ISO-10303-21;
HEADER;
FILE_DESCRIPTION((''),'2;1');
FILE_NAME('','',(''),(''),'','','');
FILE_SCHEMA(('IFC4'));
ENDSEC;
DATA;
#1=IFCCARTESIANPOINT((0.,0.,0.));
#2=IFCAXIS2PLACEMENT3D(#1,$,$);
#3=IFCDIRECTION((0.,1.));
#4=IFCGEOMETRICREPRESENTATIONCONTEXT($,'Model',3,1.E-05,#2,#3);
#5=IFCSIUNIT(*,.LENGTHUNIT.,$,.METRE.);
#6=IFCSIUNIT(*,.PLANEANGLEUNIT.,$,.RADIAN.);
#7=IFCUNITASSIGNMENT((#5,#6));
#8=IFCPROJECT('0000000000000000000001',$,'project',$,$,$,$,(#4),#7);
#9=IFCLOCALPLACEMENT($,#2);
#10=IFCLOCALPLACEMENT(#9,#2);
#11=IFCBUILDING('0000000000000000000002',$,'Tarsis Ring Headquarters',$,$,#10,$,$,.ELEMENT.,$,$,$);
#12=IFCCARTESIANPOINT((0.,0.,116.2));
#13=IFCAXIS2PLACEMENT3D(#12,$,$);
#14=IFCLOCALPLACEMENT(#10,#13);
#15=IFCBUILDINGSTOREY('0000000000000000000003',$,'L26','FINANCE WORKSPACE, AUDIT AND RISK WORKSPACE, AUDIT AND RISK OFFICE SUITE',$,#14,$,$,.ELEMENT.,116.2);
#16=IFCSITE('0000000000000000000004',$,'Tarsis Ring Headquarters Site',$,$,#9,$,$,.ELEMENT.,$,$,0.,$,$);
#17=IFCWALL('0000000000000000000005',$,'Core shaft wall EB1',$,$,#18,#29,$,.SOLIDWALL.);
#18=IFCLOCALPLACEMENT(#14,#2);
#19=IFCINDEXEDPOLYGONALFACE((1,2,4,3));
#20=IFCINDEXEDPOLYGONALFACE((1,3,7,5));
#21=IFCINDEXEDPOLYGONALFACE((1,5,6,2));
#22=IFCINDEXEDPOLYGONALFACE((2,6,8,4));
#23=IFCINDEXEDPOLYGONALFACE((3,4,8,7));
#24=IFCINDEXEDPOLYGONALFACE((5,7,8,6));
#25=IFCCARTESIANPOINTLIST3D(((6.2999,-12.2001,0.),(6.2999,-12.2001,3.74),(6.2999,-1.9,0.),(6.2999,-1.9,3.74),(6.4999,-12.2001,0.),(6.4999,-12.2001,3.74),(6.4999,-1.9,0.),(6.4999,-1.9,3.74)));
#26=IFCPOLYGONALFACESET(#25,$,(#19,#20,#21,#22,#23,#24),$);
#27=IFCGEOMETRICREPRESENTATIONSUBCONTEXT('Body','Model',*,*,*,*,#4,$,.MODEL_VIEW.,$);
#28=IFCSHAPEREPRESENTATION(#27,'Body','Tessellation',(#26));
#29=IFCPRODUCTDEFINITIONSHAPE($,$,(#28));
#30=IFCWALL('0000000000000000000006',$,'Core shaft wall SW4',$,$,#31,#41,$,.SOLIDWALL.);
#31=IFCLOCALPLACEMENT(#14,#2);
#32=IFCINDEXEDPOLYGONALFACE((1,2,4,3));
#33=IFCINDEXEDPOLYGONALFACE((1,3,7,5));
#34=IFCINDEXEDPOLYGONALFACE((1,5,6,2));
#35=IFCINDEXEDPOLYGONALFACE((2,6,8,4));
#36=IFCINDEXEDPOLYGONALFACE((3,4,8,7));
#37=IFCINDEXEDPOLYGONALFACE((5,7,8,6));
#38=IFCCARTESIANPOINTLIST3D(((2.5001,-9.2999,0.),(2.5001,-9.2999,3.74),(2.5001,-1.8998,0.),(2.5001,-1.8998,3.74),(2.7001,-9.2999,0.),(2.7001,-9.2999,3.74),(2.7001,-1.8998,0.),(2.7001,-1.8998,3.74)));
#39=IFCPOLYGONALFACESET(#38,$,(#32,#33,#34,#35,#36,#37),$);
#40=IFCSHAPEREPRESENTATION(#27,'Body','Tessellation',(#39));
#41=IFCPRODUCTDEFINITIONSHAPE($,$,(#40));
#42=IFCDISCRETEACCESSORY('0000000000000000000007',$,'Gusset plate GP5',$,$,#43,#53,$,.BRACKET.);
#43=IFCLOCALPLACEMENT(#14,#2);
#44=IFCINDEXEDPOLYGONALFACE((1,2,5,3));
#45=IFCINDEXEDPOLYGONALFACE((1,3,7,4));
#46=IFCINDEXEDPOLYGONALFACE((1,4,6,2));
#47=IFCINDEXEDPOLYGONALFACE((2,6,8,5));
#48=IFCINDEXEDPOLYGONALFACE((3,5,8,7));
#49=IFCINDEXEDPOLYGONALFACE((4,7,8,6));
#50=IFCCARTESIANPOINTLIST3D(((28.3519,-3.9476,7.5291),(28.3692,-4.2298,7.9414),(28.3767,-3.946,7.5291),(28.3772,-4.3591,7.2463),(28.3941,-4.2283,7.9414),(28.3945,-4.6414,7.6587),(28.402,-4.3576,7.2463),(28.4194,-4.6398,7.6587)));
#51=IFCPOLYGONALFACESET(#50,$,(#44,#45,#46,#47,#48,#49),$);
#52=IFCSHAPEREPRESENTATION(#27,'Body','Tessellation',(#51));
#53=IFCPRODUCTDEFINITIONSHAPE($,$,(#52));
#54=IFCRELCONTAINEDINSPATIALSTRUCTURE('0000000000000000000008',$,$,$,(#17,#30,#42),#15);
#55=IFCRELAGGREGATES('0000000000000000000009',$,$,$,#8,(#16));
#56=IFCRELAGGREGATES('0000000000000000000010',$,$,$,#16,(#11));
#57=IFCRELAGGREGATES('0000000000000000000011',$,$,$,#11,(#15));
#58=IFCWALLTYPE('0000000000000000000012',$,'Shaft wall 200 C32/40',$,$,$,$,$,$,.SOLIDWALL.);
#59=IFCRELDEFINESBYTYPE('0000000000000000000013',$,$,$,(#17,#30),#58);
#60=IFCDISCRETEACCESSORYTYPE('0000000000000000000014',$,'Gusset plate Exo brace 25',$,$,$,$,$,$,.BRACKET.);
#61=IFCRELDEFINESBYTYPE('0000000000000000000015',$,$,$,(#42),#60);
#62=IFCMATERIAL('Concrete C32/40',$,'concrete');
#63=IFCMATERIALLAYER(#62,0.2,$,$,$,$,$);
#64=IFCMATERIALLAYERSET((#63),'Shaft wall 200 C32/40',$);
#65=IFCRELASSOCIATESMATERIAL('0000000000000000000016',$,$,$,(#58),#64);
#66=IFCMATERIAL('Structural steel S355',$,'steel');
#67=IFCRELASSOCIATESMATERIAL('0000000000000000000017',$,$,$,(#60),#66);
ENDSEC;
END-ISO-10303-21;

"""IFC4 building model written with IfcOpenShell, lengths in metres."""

from ifc_helpers import new_model, si_unit, direction, frame, frame_2d, origin, origin_2d, place, context, subcontext, project, spatial, rectangle, extrude, material, layer, layer_set, material_profile, profile_set, type_object, element, save


model = new_model("IFC4")

# Units and contexts
model_context = context("Model", 3, precision=1e-05, world=origin(), true_north=direction((0.0, 1.0)))
body_context = subcontext(model_context, "Body", "Model", "MODEL_VIEW")
ifc_project = project(units=[si_unit("LENGTHUNIT", "METRE"), si_unit("PLANEANGLEUNIT", "RADIAN")], contexts=[model_context])

# Site, building, storey
site_placement = place(None, origin())
site = spatial("IfcSite", under=ifc_project, at=site_placement, Name="Tarsis Ring Headquarters Site", CompositionType="ELEMENT", RefElevation=0.0)
building_placement = place(site_placement, origin())
building = spatial("IfcBuilding", under=site, at=building_placement, Name="Tarsis Ring Headquarters", CompositionType="ELEMENT")
storey_placement = place(building_placement, frame((0.0, 0.0, 116.2)))
storey = spatial("IfcBuildingStorey", under=building, at=storey_placement, Name="L26", Description="FINANCE WORKSPACE, AUDIT AND RISK WORKSPACE, AUDIT AND RISK OFFICE SUITE", CompositionType="ELEMENT", Elevation=116.2)

# Shared definitions
ifc_material_1 = material(Name="Structural steel S355", Category="steel")

# Walls
ifc_material_2 = material(Name="Concrete C32/40", Category="concrete")
ifc_layer_1 = layer(ifc_material_2, 0.2)
ifc_layer_set_1 = layer_set([ifc_layer_1], Name="Shaft wall 200 C32/40")
wall_type_1 = type_object("IfcWallType", Name="Shaft wall 200 C32/40", PredefinedType="SOLIDWALL", material=ifc_layer_set_1)
wall_1_placement = place(storey_placement, frame((6.3999, -12.2, 0.0), z_axis=(0.0, 0.0, 1.0), x_axis=(0.0, 1.0, 0.0)))
element("IfcWall", 1, at=wall_1_placement, inside=storey, type_object=wall_type_1, Name="Core shaft wall EB1", PredefinedType="SOLIDWALL", context=body_context, shape_type="SweptSolid", body=[
    extrude(rectangle(XDim=10.3, YDim=0.2, at=frame_2d((5.1499, 0.0))), origin(), (0.0, 0.0, 1.0), 3.74),
])
wall_2_placement = place(storey_placement, frame((2.6001, -9.3, 0.0), z_axis=(0.0, 0.0, 1.0), x_axis=(0.0, 1.0, 0.0)))
element("IfcWall", 2, at=wall_2_placement, inside=storey, type_object=wall_type_1, Name="Core shaft wall SW4", PredefinedType="SOLIDWALL", context=body_context, shape_type="SweptSolid", body=[
    extrude(rectangle(XDim=7.4001, YDim=0.2, at=frame_2d((3.7002, 0.0))), origin(), (0.0, 0.0, 1.0), 3.74),
])

# Discrete accessory
ifc_material_profile_1 = material_profile(ifc_material_1, rectangle(XDim=0.0249, YDim=0.5, at=origin_2d()), Name="PL 25x500")
ifc_profile_set_1 = profile_set([ifc_material_profile_1], Name="Structural steel S355")
discrete_accessory_type = type_object("IfcDiscreteAccessoryType", Name="Gusset plate Exo brace 25", PredefinedType="BRACKET", material=ifc_profile_set_1)
discrete_accessory_placement = place(storey_placement, frame((28.3943, -4.4348, 7.8), z_axis=(-0.034669, 0.564467, -0.824727), x_axis=(-0.998119, -0.061303, 0.0)))
element("IfcDiscreteAccessory", 3, at=discrete_accessory_placement, inside=storey, type_object=discrete_accessory_type, Name="Gusset plate GP5", PredefinedType="BRACKET", context=body_context, shape_type="SweptSolid", body=[
    extrude(rectangle(XDim=0.0249, YDim=0.5, at=origin_2d()), origin(), (0.0, 0.0, 1.0), 0.5),
])

save(model, "model.ifc")
